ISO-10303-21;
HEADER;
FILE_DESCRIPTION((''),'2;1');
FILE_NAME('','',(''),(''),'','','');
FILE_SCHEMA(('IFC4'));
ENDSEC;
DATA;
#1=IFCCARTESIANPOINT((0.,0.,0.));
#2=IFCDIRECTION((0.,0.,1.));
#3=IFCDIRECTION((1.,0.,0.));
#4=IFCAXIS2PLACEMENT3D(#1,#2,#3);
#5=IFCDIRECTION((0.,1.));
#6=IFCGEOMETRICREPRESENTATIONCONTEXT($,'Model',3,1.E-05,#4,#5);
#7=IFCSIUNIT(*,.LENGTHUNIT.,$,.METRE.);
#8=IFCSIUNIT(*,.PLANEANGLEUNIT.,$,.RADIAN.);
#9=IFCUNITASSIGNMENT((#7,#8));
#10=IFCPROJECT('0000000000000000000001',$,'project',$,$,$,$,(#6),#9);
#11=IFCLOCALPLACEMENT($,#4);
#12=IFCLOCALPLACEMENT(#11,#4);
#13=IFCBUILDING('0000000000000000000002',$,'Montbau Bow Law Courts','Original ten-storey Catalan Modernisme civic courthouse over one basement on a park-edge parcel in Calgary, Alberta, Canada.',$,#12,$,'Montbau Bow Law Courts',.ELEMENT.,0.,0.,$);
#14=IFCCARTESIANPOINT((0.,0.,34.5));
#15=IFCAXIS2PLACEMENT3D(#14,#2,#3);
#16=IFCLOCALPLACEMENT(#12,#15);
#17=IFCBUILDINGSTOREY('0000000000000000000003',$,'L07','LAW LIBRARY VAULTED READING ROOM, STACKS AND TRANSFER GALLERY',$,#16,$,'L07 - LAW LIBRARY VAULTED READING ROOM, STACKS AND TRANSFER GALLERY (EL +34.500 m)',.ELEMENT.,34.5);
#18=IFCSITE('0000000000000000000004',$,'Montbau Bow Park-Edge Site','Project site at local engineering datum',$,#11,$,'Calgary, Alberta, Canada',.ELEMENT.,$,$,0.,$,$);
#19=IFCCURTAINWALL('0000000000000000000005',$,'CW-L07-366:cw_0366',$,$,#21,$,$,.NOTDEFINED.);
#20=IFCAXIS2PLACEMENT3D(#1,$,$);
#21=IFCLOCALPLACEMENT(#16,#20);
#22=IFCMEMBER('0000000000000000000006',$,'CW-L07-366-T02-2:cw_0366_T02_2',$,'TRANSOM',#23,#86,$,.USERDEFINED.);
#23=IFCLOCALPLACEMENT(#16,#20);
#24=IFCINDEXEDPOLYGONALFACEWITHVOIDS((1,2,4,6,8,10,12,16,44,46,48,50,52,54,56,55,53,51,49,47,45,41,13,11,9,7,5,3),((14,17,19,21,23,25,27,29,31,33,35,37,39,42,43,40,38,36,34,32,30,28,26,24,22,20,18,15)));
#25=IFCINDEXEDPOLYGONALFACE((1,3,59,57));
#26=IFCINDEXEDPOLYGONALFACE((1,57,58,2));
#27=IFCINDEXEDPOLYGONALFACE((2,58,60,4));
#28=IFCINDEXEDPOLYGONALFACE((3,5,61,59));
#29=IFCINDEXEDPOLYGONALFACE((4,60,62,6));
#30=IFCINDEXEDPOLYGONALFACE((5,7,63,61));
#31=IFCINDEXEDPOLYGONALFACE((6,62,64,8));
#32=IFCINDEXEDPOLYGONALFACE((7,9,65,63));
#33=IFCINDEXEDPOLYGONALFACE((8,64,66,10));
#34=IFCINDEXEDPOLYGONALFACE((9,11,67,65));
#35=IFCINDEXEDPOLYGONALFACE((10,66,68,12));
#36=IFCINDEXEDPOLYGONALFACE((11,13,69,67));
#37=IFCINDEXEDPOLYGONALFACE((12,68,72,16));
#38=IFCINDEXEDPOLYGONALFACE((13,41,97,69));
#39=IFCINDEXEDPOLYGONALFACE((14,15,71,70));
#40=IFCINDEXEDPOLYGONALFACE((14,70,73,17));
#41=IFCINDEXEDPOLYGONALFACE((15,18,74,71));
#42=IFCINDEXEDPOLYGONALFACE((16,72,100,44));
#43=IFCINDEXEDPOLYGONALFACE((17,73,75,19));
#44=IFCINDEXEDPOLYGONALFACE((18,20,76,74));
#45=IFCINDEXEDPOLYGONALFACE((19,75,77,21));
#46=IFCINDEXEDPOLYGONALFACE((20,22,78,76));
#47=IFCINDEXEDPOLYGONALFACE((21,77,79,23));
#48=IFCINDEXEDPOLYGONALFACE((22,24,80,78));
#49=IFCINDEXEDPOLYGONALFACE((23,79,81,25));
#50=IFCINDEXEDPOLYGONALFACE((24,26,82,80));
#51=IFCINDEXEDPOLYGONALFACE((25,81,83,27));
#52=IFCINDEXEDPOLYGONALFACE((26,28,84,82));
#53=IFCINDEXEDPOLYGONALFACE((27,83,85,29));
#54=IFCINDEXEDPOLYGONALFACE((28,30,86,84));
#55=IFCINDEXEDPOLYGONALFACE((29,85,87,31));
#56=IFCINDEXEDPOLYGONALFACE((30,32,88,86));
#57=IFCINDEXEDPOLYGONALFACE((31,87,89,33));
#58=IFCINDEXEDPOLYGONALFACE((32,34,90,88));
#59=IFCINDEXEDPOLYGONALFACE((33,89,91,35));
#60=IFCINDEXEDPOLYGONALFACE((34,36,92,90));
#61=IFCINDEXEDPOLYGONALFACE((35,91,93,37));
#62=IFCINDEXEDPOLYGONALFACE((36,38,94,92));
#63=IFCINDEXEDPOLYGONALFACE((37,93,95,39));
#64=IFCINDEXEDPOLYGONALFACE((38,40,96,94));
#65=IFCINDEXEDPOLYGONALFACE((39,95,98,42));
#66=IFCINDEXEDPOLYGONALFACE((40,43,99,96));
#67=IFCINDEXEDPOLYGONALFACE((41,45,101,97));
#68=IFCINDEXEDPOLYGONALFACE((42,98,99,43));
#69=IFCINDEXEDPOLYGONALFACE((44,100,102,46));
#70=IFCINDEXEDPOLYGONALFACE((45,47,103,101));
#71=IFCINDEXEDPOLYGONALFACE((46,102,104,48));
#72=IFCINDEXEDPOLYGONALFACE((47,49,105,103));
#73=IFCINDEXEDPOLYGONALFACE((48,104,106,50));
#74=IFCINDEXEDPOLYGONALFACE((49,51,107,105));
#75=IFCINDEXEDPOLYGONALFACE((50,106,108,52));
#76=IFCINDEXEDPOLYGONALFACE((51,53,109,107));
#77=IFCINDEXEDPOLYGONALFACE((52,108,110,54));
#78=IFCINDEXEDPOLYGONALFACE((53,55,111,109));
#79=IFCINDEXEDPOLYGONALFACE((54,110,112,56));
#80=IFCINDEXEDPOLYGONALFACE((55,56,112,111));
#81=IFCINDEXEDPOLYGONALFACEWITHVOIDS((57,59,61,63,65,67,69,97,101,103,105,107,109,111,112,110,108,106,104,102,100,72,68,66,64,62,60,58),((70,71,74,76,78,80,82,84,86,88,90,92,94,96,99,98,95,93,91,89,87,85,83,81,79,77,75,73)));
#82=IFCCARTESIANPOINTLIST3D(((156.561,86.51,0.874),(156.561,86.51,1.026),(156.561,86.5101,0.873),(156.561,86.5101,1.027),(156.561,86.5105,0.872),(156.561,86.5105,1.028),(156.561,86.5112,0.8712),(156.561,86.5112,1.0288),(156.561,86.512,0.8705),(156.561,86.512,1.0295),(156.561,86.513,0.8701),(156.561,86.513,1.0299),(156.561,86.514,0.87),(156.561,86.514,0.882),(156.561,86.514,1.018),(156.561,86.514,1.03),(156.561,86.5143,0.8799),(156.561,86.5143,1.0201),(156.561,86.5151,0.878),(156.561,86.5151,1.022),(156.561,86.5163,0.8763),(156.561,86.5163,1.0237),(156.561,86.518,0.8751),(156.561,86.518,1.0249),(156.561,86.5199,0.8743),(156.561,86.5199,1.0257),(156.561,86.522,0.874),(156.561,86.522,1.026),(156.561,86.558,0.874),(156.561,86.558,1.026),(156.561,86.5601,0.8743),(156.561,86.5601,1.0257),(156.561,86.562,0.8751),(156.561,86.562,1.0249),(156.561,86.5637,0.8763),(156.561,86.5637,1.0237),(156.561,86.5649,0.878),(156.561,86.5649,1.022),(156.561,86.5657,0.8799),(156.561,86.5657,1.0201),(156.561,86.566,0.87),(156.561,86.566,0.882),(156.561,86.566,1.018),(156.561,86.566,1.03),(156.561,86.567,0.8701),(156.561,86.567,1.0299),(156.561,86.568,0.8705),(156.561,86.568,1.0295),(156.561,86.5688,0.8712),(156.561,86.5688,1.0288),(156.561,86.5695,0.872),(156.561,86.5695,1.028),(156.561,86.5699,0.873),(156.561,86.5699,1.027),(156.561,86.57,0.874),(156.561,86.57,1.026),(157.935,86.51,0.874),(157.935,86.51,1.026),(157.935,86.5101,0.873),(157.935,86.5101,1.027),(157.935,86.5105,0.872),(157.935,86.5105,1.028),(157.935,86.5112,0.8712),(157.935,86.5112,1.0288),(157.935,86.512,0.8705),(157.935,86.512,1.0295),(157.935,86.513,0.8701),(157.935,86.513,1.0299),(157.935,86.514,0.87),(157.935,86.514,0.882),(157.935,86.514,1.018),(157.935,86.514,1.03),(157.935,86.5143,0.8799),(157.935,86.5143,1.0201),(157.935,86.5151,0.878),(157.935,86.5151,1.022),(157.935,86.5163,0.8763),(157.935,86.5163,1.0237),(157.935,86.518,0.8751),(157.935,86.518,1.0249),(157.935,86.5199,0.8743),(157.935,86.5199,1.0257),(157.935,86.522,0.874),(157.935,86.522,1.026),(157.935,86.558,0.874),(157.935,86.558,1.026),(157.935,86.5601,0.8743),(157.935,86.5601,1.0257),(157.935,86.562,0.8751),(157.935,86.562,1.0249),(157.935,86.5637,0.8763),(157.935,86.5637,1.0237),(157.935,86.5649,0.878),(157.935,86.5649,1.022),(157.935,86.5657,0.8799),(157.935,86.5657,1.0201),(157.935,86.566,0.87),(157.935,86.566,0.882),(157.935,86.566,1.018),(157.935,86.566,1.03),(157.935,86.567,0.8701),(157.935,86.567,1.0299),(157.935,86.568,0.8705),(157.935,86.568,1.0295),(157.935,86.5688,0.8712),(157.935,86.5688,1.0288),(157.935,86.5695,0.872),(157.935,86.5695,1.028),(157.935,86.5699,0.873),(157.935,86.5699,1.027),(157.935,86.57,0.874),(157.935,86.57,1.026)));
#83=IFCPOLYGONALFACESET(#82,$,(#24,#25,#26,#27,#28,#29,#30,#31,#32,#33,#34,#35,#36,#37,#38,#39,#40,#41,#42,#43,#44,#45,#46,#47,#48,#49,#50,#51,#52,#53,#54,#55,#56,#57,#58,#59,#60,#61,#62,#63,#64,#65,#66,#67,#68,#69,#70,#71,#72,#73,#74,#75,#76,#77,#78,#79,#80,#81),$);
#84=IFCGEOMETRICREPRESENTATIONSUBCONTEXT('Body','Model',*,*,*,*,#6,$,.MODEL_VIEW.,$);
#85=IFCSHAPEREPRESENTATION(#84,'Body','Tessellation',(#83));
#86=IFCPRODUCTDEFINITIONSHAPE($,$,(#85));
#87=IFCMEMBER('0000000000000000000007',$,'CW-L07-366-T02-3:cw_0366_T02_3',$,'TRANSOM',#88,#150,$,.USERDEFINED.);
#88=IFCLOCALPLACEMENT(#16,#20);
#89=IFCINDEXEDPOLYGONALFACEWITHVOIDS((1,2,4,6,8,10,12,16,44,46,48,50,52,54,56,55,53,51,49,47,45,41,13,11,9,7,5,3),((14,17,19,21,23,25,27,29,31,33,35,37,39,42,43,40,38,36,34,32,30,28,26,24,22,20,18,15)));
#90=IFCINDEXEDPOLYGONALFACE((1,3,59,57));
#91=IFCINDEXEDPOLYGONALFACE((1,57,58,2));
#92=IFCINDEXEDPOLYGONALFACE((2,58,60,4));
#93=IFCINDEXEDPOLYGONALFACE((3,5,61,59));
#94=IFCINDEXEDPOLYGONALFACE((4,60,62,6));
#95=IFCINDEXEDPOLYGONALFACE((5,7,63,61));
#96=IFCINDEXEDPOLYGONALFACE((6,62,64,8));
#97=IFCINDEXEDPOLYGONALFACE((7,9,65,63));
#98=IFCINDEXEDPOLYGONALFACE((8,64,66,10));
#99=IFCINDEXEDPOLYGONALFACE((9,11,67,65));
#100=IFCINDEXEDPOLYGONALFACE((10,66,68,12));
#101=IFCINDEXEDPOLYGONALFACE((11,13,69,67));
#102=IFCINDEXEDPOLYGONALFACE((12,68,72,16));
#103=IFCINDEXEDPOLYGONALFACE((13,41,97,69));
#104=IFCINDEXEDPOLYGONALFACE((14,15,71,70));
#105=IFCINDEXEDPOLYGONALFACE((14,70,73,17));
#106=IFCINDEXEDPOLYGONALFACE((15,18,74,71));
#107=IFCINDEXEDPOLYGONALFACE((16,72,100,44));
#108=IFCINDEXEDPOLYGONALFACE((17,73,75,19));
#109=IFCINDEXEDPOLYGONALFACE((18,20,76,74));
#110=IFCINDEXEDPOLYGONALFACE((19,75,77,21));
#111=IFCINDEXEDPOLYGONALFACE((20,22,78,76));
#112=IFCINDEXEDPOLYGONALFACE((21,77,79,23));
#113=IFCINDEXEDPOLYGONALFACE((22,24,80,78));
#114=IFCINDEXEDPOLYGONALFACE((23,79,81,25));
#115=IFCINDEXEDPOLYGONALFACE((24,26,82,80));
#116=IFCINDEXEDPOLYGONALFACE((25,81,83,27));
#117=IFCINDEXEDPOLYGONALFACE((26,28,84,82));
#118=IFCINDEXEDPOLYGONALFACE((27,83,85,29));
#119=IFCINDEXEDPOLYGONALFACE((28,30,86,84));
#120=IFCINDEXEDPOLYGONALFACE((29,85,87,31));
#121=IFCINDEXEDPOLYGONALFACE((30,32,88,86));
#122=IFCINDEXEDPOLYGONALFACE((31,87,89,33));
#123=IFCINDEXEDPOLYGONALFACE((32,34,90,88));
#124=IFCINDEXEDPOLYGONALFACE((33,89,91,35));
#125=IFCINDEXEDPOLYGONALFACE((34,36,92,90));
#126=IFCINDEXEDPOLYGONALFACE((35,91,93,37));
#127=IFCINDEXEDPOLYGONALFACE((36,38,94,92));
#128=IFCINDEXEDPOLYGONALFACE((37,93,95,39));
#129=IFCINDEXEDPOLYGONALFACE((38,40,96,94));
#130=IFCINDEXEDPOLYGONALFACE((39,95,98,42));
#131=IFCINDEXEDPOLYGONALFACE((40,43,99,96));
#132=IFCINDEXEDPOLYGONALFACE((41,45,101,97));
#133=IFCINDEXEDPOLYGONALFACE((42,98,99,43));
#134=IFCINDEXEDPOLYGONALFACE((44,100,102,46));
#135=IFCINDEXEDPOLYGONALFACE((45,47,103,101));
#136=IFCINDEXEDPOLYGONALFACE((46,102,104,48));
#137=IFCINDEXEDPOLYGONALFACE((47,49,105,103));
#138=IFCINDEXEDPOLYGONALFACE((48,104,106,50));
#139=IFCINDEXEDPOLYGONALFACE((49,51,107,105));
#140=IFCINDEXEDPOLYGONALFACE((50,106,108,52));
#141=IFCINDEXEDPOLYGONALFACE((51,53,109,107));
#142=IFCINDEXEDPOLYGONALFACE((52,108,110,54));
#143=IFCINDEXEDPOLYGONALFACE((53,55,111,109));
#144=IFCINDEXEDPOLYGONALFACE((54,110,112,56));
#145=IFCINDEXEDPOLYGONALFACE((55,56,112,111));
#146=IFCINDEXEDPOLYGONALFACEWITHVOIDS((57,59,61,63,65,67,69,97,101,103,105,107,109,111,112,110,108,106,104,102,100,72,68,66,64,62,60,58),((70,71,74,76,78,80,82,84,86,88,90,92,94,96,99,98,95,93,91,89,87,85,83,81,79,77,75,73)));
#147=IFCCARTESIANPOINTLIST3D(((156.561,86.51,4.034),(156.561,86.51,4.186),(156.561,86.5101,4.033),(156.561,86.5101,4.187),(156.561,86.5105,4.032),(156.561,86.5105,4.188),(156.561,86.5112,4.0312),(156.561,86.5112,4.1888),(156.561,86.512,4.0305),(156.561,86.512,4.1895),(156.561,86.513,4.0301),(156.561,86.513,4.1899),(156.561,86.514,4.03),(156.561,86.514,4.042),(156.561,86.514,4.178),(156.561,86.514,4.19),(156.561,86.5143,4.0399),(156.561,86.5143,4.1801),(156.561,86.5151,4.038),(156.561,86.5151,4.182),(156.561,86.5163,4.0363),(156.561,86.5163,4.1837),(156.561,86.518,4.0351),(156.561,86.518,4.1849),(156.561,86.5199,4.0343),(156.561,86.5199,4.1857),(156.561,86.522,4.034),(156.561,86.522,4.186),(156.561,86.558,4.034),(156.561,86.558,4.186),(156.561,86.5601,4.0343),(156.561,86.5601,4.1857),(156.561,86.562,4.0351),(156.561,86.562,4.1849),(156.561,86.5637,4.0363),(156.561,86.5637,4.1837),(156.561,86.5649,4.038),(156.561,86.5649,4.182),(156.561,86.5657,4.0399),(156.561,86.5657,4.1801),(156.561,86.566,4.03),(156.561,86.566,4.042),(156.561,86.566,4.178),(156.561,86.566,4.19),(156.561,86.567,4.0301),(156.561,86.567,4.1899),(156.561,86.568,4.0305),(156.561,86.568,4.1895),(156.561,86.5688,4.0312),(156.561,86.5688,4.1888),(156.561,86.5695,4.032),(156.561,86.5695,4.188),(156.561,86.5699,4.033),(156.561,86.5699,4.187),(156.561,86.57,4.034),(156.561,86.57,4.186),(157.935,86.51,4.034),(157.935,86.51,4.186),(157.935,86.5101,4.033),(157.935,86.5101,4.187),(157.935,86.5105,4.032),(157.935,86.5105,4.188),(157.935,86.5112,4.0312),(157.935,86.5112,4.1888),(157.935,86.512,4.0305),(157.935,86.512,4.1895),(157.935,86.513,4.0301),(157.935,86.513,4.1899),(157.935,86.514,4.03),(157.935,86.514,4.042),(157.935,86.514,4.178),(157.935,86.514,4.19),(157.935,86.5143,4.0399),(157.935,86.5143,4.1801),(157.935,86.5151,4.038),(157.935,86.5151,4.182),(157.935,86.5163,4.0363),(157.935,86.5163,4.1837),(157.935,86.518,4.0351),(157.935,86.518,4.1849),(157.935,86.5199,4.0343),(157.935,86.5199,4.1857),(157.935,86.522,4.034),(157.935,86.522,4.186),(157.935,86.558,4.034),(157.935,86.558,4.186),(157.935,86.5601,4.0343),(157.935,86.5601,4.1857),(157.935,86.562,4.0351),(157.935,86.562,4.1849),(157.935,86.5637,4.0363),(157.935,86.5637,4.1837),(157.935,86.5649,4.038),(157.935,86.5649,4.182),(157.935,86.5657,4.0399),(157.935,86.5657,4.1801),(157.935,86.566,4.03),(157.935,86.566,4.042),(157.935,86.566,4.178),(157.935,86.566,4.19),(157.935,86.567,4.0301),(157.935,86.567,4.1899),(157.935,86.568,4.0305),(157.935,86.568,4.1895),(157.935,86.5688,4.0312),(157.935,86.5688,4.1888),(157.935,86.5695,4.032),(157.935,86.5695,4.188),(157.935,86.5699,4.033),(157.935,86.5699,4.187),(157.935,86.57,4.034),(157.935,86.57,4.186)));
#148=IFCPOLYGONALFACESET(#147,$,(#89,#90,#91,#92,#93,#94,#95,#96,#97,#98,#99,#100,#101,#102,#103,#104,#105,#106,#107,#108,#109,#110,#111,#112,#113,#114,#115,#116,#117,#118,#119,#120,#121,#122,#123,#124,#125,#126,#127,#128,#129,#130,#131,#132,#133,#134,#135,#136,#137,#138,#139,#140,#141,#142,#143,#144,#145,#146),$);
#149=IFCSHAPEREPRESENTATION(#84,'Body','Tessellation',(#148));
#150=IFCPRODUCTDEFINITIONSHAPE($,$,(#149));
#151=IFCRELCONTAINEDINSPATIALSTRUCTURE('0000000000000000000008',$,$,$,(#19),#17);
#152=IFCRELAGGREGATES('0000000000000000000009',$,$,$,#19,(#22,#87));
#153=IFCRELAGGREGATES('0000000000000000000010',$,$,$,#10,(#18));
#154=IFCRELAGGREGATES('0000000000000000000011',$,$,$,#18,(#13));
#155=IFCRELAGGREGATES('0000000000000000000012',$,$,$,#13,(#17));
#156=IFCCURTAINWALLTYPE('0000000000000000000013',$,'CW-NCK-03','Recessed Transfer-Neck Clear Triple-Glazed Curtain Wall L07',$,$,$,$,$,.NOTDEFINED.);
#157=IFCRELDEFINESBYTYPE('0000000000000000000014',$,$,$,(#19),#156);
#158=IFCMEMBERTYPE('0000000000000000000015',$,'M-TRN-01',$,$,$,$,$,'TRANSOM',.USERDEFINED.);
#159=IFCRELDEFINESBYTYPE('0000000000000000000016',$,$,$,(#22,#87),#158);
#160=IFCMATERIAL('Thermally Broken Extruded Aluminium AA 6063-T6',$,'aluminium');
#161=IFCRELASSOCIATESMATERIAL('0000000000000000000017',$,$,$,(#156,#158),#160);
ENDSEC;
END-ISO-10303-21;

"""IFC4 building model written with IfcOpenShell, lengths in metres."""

from ifc_helpers import new_model, si_unit, direction, frame, origin_with_axes, origin_2d_with_axis, place, context, subcontext, project, spatial, hollow_rectangle, extrude, material, material_profile, profile_set, type_object, element, aggregate, save


model = new_model("IFC4")

# Units and contexts
model_context = context("Model", 3, precision=1e-05, world=origin_with_axes(), true_north=direction((0.0, 1.0)))
body_context = subcontext(model_context, "Body", "Model", "MODEL_VIEW")
ifc_project = project(units=[si_unit("LENGTHUNIT", "METRE"), si_unit("PLANEANGLEUNIT", "RADIAN")], contexts=[model_context])

# Site, building, storey
site_placement = place(None, origin_with_axes())
site = spatial("IfcSite", under=ifc_project, at=site_placement, Name="Montbau Bow Park-Edge Site", Description="Project site at local engineering datum", LongName="Calgary, Alberta, Canada", CompositionType="ELEMENT", RefElevation=0.0)
building_placement = place(site_placement, origin_with_axes())
building = spatial("IfcBuilding", under=site, at=building_placement, Name="Montbau Bow Law Courts", Description="Original ten-storey Catalan Modernisme civic courthouse over one basement on a park-edge parcel in Calgary, Alberta, Canada.", LongName="Montbau Bow Law Courts", CompositionType="ELEMENT", ElevationOfRefHeight=0.0, ElevationOfTerrain=0.0)
storey_placement = place(building_placement, frame((0.0, 0.0, 34.5), z_axis=(0.0, 0.0, 1.0), x_axis=(1.0, 0.0, 0.0)))
storey = spatial("IfcBuildingStorey", under=building, at=storey_placement, Name="L07", Description="LAW LIBRARY VAULTED READING ROOM, STACKS AND TRANSFER GALLERY", LongName="L07 - LAW LIBRARY VAULTED READING ROOM, STACKS AND TRANSFER GALLERY (EL +34.500 m)", CompositionType="ELEMENT", Elevation=34.5)

# Curtain wall
ifc_material_1 = material(Name="Thermally Broken Extruded Aluminium AA 6063-T6", Category="aluminium")
curtain_wall_type = type_object("IfcCurtainWallType", Name="CW-NCK-03", Description="Recessed Transfer-Neck Clear Triple-Glazed Curtain Wall L07", PredefinedType="NOTDEFINED", material=ifc_material_1)
curtain_wall_1_placement = place(None, frame((155.068, 86.54, 34.5), z_axis=(0.0, 0.0, 1.0), x_axis=(1.0, 0.0, 0.0)))
curtain_wall_1 = element("IfcCurtainWall", 1, at=curtain_wall_1_placement, inside=storey, type_object=curtain_wall_type, Name="CW-L07-366:cw_0366", PredefinedType="NOTDEFINED")

# Members
ifc_material_profile_1 = material_profile(ifc_material_1, hollow_rectangle(XDim=0.06, YDim=0.16, WallThickness=0.004, InnerFilletRadius=0.008, OuterFilletRadius=0.004, at=origin_2d_with_axis()), Name="CWT-160X60", Category="Main", Priority=0)
ifc_profile_set_1 = profile_set([ifc_material_profile_1], Name="Thermally Broken Extruded Aluminium AA 6063-T6")
member_type_1 = type_object("IfcMemberType", Name="M-TRN-01", ElementType="TRANSOM", PredefinedType="USERDEFINED", material=ifc_profile_set_1)
member_1_placement = place(None, frame((156.561, 86.54, 35.45), z_axis=(1.0, 0.0, 0.0), x_axis=(0.0, 1.0, 0.0)))
member_1 = element("IfcMember", 2, at=member_1_placement, type_object=member_type_1, Name="CW-L07-366-T02-2:cw_0366_T02_2", ObjectType="TRANSOM", PredefinedType="USERDEFINED", context=body_context, shape_type="SweptSolid", body=[
    extrude(hollow_rectangle(XDim=0.06, YDim=0.16, WallThickness=0.004, InnerFilletRadius=0.008, OuterFilletRadius=0.004, at=origin_2d_with_axis()), origin_with_axes(), (0.0, 0.0, 1.0), 1.374),
])
member_2_placement = place(None, frame((156.561, 86.54, 38.61), z_axis=(1.0, 0.0, 0.0), x_axis=(0.0, 1.0, 0.0)))
member_2 = element("IfcMember", 3, at=member_2_placement, type_object=member_type_1, Name="CW-L07-366-T02-3:cw_0366_T02_3", ObjectType="TRANSOM", PredefinedType="USERDEFINED", context=body_context, shape_type="SweptSolid", body=[
    extrude(hollow_rectangle(XDim=0.06, YDim=0.16, WallThickness=0.004, InnerFilletRadius=0.008, OuterFilletRadius=0.004, at=origin_2d_with_axis()), origin_with_axes(), (0.0, 0.0, 1.0), 1.374),
])

aggregate(curtain_wall_1, [member_1, member_2])

save(model, "model.ifc")
